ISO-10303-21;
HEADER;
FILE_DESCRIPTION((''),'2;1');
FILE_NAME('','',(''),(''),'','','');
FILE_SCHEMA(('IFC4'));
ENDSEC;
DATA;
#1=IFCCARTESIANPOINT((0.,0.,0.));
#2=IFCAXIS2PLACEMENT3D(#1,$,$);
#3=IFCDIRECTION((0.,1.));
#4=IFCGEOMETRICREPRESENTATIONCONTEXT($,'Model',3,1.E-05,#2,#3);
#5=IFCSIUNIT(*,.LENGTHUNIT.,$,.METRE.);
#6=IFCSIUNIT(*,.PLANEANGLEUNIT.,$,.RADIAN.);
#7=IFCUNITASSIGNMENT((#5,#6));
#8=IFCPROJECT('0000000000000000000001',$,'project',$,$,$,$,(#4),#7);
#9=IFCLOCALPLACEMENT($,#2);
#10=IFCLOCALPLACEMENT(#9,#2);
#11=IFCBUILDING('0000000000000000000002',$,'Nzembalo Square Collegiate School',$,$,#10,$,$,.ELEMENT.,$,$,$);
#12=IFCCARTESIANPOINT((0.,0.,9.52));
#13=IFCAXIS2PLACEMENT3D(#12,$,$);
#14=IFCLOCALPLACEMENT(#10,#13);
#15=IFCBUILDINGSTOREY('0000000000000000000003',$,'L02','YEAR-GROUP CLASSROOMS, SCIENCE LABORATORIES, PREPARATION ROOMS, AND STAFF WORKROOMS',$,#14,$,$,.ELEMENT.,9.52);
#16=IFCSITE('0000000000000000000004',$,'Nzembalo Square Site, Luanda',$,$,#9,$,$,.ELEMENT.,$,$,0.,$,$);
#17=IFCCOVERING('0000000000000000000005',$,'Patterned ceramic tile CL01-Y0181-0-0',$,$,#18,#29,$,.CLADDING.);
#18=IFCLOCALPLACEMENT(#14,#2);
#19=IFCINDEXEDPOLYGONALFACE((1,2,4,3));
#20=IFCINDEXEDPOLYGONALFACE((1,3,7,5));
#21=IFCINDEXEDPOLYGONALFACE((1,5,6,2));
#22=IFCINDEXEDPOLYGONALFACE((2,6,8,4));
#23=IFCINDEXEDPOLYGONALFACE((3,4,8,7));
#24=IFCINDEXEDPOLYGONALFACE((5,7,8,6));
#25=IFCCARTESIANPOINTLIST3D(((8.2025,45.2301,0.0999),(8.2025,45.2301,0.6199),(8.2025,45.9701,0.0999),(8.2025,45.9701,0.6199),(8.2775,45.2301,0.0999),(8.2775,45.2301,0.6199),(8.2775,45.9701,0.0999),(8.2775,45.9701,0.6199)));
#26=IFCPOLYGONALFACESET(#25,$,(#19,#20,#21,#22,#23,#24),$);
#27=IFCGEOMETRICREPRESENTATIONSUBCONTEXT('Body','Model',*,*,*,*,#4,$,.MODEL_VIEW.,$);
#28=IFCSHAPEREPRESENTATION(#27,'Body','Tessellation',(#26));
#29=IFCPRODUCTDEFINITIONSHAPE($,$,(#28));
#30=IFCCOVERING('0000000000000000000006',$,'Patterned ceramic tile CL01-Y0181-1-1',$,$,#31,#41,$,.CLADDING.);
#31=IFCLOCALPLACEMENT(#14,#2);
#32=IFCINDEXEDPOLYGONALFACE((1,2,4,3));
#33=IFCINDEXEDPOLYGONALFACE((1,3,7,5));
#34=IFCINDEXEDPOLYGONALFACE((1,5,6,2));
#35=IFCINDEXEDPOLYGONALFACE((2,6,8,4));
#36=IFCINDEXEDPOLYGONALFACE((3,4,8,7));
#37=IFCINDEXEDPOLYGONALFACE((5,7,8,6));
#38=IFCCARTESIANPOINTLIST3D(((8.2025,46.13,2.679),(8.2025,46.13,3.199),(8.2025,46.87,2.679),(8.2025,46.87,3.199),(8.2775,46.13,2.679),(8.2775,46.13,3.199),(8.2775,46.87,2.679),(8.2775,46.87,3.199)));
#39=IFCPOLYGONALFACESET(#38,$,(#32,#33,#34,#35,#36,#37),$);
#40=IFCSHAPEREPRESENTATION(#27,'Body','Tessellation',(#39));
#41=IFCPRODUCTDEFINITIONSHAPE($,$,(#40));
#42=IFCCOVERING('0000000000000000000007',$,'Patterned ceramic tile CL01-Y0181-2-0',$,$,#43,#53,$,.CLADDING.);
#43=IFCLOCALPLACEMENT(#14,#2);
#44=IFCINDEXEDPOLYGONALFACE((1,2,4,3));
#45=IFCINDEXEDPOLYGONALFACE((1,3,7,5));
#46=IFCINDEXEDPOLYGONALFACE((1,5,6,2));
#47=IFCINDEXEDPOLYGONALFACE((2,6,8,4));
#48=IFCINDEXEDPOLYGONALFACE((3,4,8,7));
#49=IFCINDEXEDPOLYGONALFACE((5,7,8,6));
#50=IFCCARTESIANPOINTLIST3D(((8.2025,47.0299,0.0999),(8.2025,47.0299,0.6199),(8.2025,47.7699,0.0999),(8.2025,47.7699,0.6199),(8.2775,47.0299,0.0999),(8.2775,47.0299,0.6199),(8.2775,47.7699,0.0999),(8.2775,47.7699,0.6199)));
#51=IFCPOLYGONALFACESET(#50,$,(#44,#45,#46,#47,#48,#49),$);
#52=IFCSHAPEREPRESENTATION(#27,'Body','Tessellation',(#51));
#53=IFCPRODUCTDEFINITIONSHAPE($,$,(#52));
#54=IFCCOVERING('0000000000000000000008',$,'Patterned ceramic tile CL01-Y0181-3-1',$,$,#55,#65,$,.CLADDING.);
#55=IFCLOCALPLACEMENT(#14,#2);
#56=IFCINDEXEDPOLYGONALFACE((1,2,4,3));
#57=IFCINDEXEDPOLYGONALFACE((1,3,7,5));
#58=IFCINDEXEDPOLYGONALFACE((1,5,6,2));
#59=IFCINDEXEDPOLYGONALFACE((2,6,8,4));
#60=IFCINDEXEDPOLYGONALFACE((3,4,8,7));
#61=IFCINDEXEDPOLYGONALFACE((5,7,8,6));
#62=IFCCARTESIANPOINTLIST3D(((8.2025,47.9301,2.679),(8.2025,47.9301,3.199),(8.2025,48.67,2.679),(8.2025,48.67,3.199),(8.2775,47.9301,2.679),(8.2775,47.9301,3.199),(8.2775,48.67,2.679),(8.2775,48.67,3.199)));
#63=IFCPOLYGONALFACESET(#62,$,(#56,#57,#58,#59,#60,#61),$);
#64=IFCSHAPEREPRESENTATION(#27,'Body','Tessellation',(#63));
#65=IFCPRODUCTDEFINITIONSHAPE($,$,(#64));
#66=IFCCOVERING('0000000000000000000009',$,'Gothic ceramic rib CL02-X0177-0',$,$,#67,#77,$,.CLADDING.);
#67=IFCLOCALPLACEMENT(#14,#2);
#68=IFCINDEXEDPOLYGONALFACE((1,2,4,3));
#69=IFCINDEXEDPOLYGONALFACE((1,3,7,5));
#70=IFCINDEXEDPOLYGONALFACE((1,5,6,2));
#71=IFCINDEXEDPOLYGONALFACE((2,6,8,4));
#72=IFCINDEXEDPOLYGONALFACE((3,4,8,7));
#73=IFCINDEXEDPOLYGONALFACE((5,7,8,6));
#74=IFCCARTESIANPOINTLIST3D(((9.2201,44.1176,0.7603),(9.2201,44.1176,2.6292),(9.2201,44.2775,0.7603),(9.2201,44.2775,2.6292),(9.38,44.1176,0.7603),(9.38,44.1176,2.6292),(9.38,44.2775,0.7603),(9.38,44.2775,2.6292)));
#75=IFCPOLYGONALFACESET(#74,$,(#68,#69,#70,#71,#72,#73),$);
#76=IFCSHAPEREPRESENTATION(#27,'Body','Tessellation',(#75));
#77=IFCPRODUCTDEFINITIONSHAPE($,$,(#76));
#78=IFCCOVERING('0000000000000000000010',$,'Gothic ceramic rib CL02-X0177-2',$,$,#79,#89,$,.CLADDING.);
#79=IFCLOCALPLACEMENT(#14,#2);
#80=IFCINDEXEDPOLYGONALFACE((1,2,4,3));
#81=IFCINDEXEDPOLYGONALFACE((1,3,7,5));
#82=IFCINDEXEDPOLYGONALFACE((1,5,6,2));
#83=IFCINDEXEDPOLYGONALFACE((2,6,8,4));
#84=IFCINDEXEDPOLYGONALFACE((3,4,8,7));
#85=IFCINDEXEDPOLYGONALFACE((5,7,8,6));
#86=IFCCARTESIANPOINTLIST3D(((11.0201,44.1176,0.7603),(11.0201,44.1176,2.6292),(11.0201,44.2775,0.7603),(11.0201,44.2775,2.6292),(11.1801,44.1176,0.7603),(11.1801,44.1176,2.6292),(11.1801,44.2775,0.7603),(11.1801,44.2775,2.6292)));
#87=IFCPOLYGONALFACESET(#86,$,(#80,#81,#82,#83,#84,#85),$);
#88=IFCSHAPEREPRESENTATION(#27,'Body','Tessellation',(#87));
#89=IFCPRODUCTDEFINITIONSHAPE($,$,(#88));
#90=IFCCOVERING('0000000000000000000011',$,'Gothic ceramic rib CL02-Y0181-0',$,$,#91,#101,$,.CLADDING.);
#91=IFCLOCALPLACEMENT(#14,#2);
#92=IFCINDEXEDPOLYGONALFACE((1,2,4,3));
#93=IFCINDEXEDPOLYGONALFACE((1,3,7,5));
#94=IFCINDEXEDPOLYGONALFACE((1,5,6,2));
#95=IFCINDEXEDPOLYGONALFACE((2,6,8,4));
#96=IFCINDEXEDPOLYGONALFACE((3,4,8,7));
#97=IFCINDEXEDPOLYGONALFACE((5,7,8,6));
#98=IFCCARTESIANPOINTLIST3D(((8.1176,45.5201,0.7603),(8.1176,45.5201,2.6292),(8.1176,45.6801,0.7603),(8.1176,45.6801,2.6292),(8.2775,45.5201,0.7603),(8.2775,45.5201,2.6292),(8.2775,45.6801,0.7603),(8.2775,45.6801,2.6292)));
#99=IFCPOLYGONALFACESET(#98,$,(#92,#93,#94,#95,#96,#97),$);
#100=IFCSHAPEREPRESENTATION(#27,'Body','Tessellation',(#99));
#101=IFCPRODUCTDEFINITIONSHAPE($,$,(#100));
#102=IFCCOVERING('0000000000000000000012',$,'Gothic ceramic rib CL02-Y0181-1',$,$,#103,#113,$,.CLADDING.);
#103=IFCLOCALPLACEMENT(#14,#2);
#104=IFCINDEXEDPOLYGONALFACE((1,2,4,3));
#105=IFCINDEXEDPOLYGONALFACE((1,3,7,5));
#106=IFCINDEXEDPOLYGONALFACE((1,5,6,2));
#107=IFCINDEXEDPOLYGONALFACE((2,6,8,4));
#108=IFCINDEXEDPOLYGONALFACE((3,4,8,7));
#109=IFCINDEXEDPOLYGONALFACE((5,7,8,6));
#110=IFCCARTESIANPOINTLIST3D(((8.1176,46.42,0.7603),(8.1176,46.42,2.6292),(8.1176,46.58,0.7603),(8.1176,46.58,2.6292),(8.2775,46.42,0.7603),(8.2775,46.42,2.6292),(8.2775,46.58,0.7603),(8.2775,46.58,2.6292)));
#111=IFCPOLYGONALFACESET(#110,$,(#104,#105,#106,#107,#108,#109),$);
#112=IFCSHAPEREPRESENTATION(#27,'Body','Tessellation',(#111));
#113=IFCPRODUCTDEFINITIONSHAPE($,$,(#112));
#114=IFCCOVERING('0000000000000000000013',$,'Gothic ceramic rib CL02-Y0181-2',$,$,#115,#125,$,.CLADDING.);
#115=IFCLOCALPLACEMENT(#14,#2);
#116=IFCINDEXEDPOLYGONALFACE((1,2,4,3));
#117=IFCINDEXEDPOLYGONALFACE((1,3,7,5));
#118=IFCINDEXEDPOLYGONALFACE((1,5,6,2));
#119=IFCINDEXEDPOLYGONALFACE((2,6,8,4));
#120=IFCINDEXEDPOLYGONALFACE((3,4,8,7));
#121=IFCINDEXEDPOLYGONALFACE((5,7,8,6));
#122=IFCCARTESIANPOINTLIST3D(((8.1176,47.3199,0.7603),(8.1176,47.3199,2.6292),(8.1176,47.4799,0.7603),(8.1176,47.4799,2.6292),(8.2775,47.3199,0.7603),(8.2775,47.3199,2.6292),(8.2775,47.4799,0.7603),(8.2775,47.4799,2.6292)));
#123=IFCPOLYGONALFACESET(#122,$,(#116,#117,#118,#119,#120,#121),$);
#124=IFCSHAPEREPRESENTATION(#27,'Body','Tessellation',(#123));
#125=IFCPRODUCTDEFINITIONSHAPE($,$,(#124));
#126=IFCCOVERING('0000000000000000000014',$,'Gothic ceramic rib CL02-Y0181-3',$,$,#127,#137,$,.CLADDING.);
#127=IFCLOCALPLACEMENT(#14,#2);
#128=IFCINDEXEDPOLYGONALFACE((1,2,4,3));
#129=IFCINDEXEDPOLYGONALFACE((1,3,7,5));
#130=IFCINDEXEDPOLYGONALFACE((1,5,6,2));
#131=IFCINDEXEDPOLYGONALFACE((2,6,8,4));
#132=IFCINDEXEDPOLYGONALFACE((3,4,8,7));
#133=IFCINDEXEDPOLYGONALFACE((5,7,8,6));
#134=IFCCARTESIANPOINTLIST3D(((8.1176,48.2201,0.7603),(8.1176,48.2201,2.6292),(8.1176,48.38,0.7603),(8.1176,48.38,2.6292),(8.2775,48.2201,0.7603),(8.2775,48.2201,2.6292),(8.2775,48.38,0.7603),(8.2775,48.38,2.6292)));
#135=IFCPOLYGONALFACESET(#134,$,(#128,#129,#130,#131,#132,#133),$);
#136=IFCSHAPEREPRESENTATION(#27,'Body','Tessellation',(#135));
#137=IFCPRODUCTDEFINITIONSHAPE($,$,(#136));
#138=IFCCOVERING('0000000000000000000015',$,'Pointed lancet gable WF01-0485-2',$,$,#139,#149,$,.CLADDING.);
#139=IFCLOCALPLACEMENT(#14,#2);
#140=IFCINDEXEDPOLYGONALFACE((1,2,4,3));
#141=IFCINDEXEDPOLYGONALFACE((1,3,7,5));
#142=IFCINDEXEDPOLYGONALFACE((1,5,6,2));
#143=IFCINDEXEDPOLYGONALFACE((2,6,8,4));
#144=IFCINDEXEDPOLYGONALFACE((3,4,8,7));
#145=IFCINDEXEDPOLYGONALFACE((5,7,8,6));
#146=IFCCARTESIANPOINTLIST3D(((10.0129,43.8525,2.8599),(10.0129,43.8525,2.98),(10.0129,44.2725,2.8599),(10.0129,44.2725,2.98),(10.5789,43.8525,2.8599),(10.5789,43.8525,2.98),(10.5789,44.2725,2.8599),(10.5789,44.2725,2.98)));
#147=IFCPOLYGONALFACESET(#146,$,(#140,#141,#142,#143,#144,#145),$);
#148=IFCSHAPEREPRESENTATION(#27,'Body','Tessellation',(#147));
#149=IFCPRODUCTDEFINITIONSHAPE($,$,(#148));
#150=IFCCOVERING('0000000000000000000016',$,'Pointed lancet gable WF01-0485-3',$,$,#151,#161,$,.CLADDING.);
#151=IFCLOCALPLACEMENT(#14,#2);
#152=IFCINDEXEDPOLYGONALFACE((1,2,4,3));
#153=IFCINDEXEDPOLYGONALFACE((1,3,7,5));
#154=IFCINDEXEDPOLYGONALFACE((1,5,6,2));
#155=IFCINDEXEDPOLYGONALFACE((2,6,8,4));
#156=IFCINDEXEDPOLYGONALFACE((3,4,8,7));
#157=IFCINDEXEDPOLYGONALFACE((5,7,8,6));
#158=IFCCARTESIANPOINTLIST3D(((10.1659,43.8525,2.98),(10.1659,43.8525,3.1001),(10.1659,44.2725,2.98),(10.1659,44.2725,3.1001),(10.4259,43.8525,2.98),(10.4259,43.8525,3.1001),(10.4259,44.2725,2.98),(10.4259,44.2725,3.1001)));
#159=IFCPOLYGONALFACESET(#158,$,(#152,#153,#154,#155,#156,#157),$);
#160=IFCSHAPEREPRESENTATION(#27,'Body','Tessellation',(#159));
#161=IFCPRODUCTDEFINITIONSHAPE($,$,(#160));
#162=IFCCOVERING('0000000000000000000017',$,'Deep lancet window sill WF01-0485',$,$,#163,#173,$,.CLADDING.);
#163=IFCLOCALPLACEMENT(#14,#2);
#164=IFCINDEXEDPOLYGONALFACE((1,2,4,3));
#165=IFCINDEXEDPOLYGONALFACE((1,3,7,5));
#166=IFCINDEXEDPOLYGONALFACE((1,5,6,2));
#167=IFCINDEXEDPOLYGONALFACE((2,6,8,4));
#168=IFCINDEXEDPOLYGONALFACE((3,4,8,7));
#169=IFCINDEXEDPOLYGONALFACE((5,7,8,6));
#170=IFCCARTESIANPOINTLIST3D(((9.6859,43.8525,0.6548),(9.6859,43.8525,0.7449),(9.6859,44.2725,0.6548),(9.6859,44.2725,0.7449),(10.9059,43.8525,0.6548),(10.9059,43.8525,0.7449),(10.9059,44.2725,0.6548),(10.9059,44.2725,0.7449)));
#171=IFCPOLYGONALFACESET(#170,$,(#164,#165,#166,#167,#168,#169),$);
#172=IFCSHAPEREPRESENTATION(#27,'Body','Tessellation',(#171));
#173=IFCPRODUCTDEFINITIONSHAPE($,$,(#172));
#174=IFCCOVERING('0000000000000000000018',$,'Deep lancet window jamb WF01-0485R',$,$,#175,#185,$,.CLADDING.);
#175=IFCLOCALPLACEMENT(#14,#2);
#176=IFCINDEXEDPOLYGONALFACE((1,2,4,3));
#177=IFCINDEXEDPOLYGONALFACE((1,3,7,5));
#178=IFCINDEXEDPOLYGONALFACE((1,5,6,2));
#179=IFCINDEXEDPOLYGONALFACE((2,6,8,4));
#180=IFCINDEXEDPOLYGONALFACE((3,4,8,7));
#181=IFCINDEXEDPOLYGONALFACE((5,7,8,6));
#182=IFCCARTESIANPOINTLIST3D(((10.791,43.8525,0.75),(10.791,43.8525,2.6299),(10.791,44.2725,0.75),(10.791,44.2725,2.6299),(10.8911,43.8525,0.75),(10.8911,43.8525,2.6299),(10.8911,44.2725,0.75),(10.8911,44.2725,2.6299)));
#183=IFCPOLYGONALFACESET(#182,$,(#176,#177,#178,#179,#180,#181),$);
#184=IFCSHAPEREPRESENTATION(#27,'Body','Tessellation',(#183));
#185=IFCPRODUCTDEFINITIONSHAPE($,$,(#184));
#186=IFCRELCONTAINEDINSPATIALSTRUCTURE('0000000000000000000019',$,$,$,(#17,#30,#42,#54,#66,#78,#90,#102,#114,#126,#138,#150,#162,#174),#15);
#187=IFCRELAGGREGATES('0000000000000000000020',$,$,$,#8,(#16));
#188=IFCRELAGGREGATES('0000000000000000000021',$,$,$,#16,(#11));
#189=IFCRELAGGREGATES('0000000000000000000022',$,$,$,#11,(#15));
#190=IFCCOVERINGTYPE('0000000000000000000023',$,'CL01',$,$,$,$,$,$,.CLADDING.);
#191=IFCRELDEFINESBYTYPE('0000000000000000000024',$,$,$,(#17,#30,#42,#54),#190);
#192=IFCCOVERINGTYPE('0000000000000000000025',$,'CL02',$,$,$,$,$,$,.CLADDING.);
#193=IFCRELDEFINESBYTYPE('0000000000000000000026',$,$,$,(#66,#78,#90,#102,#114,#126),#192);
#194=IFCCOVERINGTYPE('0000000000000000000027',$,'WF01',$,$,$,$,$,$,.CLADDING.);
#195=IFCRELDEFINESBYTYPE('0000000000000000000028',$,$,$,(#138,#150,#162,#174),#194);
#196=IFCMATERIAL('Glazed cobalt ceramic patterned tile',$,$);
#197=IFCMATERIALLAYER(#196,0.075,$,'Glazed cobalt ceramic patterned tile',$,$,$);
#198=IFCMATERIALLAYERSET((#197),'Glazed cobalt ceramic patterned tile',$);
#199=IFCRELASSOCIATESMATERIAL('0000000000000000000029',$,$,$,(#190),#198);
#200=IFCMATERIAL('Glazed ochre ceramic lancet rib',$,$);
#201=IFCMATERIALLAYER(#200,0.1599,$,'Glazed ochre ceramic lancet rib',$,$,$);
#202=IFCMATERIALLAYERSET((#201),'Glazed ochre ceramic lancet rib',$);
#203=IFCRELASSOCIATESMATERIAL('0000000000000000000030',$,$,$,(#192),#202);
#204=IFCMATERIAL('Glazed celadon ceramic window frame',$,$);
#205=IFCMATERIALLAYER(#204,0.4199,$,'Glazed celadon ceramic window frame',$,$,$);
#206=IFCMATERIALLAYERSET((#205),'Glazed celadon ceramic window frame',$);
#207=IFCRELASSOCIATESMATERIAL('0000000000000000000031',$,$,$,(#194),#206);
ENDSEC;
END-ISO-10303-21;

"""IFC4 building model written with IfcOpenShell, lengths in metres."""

from ifc_helpers import new_model, si_unit, direction, frame, origin, origin_2d, place, context, subcontext, project, spatial, rectangle, extrude, material, layer, layer_set, type_object, element, save


model = new_model("IFC4")

# Units and contexts
model_context = context("Model", 3, precision=1e-05, world=origin(), true_north=direction((0.0, 1.0)))
body_context = subcontext(model_context, "Body", "Model", "MODEL_VIEW")
ifc_project = project(units=[si_unit("LENGTHUNIT", "METRE"), si_unit("PLANEANGLEUNIT", "RADIAN")], contexts=[model_context])

# Site, building, storey
site_placement = place(None, origin())
site = spatial("IfcSite", under=ifc_project, at=site_placement, Name="Nzembalo Square Site, Luanda", CompositionType="ELEMENT", RefElevation=0.0)
building_placement = place(site_placement, origin())
building = spatial("IfcBuilding", under=site, at=building_placement, Name="Nzembalo Square Collegiate School", CompositionType="ELEMENT")
storey_placement = place(building_placement, frame((0.0, 0.0, 9.52)))
storey = spatial("IfcBuildingStorey", under=building, at=storey_placement, Name="L02", Description="YEAR-GROUP CLASSROOMS, SCIENCE LABORATORIES, PREPARATION ROOMS, AND STAFF WORKROOMS", CompositionType="ELEMENT", Elevation=9.52)

# Coverings
ifc_material_1 = material(Name="Glazed cobalt ceramic patterned tile")
ifc_layer_1 = layer(ifc_material_1, 0.075, Name="Glazed cobalt ceramic patterned tile")
ifc_layer_set_1 = layer_set([ifc_layer_1], Name="Glazed cobalt ceramic patterned tile")
covering_type_1 = type_object("IfcCoveringType", Name="CL01", PredefinedType="CLADDING", material=ifc_layer_set_1)
for number, where, z_axis, x_axis, name in (
    (1, (8.24, 45.6001, 0.0999), (0.0, 0.0, 1.0), (1.0, 0.0, 0.0), "Patterned ceramic tile CL01-Y0181-0-0"),
    (2, (8.24, 46.5, 2.679), (0.0, 0.0, 1.0), (1.0, 0.0, 0.0), "Patterned ceramic tile CL01-Y0181-1-1"),
    (3, (8.24, 47.3999, 0.0999), (0.0, 0.0, 1.0), (1.0, 0.0, 0.0), "Patterned ceramic tile CL01-Y0181-2-0"),
    (4, (8.24, 48.3, 2.679), (0.0, 0.0, 1.0), (1.0, 0.0, 0.0), "Patterned ceramic tile CL01-Y0181-3-1"),
):
    element("IfcCovering", number, at=place(storey_placement, frame(where, z_axis=z_axis, x_axis=x_axis)), inside=storey, type_object=covering_type_1, Name=name, PredefinedType="CLADDING", context=body_context, shape_type="SweptSolid", body=[
        extrude(rectangle(XDim=0.075, YDim=0.74, at=origin_2d()), origin(), (0.0, 0.0, 1.0), 0.52),
    ])
ifc_material_2 = material(Name="Glazed ochre ceramic lancet rib")
ifc_layer_2 = layer(ifc_material_2, 0.1599, Name="Glazed ochre ceramic lancet rib")
ifc_layer_set_2 = layer_set([ifc_layer_2], Name="Glazed ochre ceramic lancet rib")
covering_type_2 = type_object("IfcCoveringType", Name="CL02", PredefinedType="CLADDING", material=ifc_layer_set_2)
for number, where, z_axis, x_axis, name in (
    (5, (9.3, 44.1975, 0.7603), (0.0, 0.0, 1.0), (1.0, 0.0, 0.0), "Gothic ceramic rib CL02-X0177-0"),
    (6, (11.1001, 44.1975, 0.7603), (0.0, 0.0, 1.0), (1.0, 0.0, 0.0), "Gothic ceramic rib CL02-X0177-2"),
    (7, (8.1975, 45.6001, 0.7603), (0.0, 0.0, 1.0), (1.0, 0.0, 0.0), "Gothic ceramic rib CL02-Y0181-0"),
    (8, (8.1975, 46.5, 0.7603), (0.0, 0.0, 1.0), (1.0, 0.0, 0.0), "Gothic ceramic rib CL02-Y0181-1"),
    (9, (8.1975, 47.3999, 0.7603), (0.0, 0.0, 1.0), (1.0, 0.0, 0.0), "Gothic ceramic rib CL02-Y0181-2"),
    (10, (8.1975, 48.3, 0.7603), (0.0, 0.0, 1.0), (1.0, 0.0, 0.0), "Gothic ceramic rib CL02-Y0181-3"),
):
    element("IfcCovering", number, at=place(storey_placement, frame(where, z_axis=z_axis, x_axis=x_axis)), inside=storey, type_object=covering_type_2, Name=name, PredefinedType="CLADDING", context=body_context, shape_type="SweptSolid", body=[
        extrude(rectangle(XDim=0.1599, YDim=0.1599, at=origin_2d()), origin(), (0.0, 0.0, 1.0), 1.8689),
    ])
ifc_material_3 = material(Name="Glazed celadon ceramic window frame")
ifc_layer_3 = layer(ifc_material_3, 0.4199, Name="Glazed celadon ceramic window frame")
ifc_layer_set_3 = layer_set([ifc_layer_3], Name="Glazed celadon ceramic window frame")
covering_type_3 = type_object("IfcCoveringType", Name="WF01", PredefinedType="CLADDING", material=ifc_layer_set_3)
covering_1_placement = place(storey_placement, frame((10.2959, 44.0625, 2.8599), z_axis=(0.0, 0.0, 1.0), x_axis=(1.0, 0.0, 0.0)))
element("IfcCovering", 11, at=covering_1_placement, inside=storey, type_object=covering_type_3, Name="Pointed lancet gable WF01-0485-2", PredefinedType="CLADDING", context=body_context, shape_type="SweptSolid", body=[
    extrude(rectangle(XDim=0.5659, YDim=0.4199, at=origin_2d()), origin(), (0.0, 0.0, 1.0), 0.1201),
])
covering_2_placement = place(storey_placement, frame((10.2959, 44.0625, 2.98), z_axis=(0.0, 0.0, 1.0), x_axis=(1.0, 0.0, 0.0)))
element("IfcCovering", 12, at=covering_2_placement, inside=storey, type_object=covering_type_3, Name="Pointed lancet gable WF01-0485-3", PredefinedType="CLADDING", context=body_context, shape_type="SweptSolid", body=[
    extrude(rectangle(XDim=0.26, YDim=0.4199, at=origin_2d()), origin(), (0.0, 0.0, 1.0), 0.1201),
])
covering_3_placement = place(storey_placement, frame((10.2959, 44.0625, 0.6548), z_axis=(0.0, 0.0, 1.0), x_axis=(1.0, 0.0, 0.0)))
element("IfcCovering", 13, at=covering_3_placement, inside=storey, type_object=covering_type_3, Name="Deep lancet window sill WF01-0485", PredefinedType="CLADDING", context=body_context, shape_type="SweptSolid", body=[
    extrude(rectangle(XDim=1.22, YDim=0.4199, at=origin_2d()), origin(), (0.0, 0.0, 1.0), 0.0901),
])
covering_4_placement = place(storey_placement, frame((10.8411, 44.0625, 0.75), z_axis=(0.0, 0.0, 1.0), x_axis=(1.0, 0.0, 0.0)))
element("IfcCovering", 14, at=covering_4_placement, inside=storey, type_object=covering_type_3, Name="Deep lancet window jamb WF01-0485R", PredefinedType="CLADDING", context=body_context, shape_type="SweptSolid", body=[
    extrude(rectangle(XDim=0.1001, YDim=0.4199, at=origin_2d()), origin(), (0.0, 0.0, 1.0), 1.8799),
])

save(model, "model.ifc")
